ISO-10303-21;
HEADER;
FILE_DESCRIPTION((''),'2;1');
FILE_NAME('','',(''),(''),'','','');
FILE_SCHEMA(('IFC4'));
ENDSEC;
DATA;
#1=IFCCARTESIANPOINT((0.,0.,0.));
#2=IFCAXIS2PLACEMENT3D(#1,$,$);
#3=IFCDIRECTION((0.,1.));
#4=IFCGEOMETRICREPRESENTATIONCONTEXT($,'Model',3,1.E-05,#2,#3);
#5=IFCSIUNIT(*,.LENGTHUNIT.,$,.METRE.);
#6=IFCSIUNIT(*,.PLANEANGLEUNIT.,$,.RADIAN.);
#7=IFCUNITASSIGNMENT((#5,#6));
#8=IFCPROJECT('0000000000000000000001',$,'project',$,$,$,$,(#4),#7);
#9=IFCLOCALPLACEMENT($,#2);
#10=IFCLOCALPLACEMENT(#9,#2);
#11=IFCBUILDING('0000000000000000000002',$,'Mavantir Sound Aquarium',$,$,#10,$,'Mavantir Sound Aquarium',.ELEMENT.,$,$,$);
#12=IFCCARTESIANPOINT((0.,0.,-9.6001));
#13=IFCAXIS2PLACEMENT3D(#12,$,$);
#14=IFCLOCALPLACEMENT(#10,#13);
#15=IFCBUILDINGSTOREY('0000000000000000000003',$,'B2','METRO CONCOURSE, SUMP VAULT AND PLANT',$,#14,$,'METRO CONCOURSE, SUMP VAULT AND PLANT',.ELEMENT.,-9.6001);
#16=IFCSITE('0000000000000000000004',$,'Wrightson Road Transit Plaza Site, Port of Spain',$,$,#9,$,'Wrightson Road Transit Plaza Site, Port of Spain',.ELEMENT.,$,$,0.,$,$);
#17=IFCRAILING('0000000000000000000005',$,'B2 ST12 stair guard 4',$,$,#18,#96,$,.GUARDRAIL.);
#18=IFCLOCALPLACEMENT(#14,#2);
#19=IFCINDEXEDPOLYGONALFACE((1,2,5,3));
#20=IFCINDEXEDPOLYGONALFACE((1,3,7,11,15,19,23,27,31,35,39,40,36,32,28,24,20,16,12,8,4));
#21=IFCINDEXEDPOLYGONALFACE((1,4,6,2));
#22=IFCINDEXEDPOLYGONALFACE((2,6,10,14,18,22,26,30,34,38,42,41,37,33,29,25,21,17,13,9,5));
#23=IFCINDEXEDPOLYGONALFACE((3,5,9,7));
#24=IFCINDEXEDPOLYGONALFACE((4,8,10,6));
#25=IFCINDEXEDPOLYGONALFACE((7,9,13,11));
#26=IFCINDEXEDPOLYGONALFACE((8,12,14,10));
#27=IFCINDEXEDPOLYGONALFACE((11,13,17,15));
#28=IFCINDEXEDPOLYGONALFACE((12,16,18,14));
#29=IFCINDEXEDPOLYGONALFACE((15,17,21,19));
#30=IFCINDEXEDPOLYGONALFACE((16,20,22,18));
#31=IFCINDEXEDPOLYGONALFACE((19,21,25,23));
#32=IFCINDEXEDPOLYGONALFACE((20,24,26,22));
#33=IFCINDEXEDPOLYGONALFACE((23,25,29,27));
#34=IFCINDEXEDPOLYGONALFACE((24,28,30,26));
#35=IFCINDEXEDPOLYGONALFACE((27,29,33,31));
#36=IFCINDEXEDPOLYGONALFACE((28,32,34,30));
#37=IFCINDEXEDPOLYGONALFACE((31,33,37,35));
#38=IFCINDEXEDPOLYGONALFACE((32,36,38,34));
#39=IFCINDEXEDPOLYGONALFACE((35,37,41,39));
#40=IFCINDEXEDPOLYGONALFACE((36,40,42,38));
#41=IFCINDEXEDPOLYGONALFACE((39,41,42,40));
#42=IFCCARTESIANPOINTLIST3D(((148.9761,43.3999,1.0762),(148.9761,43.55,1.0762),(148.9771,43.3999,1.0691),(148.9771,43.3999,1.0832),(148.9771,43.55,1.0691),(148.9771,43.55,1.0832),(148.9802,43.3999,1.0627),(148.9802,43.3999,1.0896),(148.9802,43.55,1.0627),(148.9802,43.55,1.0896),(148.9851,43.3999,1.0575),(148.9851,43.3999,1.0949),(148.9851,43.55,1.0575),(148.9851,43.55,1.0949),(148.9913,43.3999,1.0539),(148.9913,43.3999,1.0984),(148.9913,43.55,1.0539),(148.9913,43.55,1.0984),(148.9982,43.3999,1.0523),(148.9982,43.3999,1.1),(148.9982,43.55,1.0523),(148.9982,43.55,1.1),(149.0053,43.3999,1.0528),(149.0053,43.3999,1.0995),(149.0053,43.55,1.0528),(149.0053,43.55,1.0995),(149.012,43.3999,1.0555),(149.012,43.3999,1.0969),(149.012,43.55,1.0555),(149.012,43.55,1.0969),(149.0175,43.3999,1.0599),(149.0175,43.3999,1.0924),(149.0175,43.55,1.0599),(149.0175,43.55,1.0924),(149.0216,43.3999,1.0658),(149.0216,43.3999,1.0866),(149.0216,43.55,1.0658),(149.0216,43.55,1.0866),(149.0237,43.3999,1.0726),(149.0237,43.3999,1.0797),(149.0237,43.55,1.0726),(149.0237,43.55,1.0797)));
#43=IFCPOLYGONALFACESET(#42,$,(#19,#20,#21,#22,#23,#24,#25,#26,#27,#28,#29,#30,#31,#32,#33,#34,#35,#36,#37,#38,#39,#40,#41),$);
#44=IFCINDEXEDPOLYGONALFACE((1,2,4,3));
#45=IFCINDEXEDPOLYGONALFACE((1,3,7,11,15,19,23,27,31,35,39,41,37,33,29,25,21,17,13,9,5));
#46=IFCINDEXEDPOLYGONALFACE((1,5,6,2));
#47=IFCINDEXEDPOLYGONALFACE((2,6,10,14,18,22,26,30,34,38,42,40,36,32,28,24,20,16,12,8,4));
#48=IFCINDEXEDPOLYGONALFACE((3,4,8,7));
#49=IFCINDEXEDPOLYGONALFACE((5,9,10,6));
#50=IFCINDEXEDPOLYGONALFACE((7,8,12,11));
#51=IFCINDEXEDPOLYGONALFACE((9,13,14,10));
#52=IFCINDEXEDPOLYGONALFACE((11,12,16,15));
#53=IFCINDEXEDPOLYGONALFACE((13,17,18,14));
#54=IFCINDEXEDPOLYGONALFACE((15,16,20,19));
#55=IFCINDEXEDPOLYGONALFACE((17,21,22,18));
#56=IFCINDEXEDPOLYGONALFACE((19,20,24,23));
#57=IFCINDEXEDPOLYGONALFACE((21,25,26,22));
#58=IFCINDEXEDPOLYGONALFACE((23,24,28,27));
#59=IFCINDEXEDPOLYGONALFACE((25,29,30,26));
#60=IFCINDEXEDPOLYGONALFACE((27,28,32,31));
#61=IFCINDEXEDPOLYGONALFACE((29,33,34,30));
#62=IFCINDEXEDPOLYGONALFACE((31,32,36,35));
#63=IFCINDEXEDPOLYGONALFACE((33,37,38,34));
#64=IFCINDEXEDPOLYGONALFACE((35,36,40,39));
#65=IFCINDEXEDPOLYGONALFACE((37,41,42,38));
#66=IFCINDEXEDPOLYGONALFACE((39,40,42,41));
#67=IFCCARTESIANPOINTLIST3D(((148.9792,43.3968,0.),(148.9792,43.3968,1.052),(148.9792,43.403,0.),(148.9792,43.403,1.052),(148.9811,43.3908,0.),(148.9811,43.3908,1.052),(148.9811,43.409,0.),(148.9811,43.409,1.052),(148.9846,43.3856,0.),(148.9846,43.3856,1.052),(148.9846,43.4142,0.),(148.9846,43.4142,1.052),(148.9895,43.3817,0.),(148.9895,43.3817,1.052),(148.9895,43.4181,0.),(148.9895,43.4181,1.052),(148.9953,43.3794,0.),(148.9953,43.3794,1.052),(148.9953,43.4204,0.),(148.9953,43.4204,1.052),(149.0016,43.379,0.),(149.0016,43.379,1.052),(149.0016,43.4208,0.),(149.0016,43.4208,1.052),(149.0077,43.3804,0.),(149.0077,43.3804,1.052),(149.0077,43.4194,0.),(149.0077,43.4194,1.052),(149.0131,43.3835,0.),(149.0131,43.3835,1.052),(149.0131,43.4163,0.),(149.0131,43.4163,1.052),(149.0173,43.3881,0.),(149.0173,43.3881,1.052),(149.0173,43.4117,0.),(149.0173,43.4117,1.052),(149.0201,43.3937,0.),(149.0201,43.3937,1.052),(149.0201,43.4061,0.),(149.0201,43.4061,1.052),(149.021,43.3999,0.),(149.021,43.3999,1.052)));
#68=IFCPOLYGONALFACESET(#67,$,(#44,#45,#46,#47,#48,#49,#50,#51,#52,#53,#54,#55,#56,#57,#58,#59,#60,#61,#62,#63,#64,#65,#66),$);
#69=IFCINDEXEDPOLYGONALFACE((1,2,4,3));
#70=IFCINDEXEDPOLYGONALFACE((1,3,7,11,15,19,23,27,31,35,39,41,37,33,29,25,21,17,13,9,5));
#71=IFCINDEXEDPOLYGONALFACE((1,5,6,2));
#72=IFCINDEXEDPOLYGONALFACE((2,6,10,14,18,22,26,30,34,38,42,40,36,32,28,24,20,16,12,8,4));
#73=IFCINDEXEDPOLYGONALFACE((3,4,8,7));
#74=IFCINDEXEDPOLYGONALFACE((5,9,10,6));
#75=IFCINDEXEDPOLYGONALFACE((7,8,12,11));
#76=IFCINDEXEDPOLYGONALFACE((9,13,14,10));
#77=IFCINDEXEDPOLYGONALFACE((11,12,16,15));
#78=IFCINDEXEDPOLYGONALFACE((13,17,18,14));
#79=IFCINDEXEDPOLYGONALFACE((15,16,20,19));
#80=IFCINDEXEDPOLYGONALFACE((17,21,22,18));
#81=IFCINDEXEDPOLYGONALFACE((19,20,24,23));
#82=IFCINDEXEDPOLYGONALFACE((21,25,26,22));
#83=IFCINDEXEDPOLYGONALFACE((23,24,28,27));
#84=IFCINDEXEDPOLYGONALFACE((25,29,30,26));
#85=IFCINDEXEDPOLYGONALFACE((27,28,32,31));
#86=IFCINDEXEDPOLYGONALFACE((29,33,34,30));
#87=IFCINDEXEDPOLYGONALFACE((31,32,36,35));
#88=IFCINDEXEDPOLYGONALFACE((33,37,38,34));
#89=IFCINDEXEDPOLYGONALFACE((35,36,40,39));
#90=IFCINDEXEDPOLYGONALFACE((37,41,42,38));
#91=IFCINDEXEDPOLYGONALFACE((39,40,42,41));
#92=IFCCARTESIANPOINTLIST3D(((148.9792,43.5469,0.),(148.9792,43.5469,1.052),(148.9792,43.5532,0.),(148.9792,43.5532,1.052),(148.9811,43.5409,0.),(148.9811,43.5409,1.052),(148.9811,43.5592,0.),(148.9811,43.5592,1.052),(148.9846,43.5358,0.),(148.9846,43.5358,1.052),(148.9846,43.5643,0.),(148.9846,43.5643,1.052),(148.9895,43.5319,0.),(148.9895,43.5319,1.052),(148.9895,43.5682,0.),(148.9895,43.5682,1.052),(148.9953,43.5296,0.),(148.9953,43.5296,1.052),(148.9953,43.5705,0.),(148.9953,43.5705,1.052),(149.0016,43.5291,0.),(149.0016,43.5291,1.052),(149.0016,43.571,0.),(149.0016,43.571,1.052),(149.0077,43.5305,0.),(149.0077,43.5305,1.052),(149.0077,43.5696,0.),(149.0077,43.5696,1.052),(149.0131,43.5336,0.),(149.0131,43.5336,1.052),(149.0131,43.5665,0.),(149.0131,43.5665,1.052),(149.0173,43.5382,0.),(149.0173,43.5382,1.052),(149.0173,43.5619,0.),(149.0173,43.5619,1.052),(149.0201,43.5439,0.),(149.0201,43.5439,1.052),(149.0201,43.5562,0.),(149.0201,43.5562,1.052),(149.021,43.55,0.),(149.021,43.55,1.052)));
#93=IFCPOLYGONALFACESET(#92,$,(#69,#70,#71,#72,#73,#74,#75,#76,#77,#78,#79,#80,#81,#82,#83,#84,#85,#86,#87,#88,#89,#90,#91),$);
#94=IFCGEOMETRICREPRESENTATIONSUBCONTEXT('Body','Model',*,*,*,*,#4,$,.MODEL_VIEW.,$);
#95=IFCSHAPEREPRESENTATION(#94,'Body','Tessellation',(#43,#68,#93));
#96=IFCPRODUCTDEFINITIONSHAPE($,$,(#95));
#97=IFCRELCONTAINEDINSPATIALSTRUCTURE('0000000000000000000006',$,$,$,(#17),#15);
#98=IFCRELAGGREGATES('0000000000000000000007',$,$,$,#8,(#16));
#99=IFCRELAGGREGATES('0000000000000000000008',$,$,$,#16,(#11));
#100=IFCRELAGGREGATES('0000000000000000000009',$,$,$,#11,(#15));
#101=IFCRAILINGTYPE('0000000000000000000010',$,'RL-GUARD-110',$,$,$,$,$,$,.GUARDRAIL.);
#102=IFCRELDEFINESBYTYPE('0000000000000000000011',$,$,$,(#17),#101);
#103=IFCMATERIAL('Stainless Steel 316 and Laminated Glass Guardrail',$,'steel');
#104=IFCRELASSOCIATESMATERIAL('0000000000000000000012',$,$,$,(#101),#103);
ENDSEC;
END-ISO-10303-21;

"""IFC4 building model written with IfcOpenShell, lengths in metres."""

from ifc_helpers import new_model, si_unit, direction, frame, origin, origin_2d, place, context, subcontext, project, spatial, circle, extrude, material, type_object, element, save


model = new_model("IFC4")

# Units and contexts
model_context = context("Model", 3, precision=1e-05, world=origin(), true_north=direction((0.0, 1.0)))
body_context = subcontext(model_context, "Body", "Model", "MODEL_VIEW")
ifc_project = project(units=[si_unit("LENGTHUNIT", "METRE"), si_unit("PLANEANGLEUNIT", "RADIAN")], contexts=[model_context])

# Site, building, storey
site_placement = place(None, origin())
site = spatial("IfcSite", under=ifc_project, at=site_placement, Name="Wrightson Road Transit Plaza Site, Port of Spain", LongName="Wrightson Road Transit Plaza Site, Port of Spain", CompositionType="ELEMENT", RefElevation=0.0)
building_placement = place(site_placement, origin())
building = spatial("IfcBuilding", under=site, at=building_placement, Name="Mavantir Sound Aquarium", LongName="Mavantir Sound Aquarium", CompositionType="ELEMENT")
storey_placement = place(building_placement, frame((0.0, 0.0, -9.6001)))
storey = spatial("IfcBuildingStorey", under=building, at=storey_placement, Name="B2", Description="METRO CONCOURSE, SUMP VAULT AND PLANT", LongName="METRO CONCOURSE, SUMP VAULT AND PLANT", CompositionType="ELEMENT", Elevation=-9.6001)

# Railing
ifc_material_1 = material(Name="Stainless Steel 316 and Laminated Glass Guardrail", Category="steel")
railing_type_1 = type_object("IfcRailingType", Name="RL-GUARD-110", PredefinedType="GUARDRAIL", material=ifc_material_1)
railing_1_placement = place(storey_placement, frame((149.0, 43.3999, 0.0)))
element("IfcRailing", 1, at=railing_1_placement, inside=storey, type_object=railing_type_1, Name="B2 ST12 stair guard 4", PredefinedType="GUARDRAIL", context=body_context, shape_type="SweptSolid", body=[
    extrude(circle(Radius=0.0239, at=origin_2d()), frame((0.0, 0.0, 1.0762), z_axis=(0.0, 1.0, 0.0), x_axis=(-1.0, 0.0, 0.0)), (0.0, 0.0, 1.0), 0.1501),
    extrude(circle(Radius=0.021, at=origin_2d()), origin(), (0.0, 0.0, 1.0), 1.052),
    extrude(circle(Radius=0.021, at=origin_2d()), frame((0.0, 0.1501, 0.0)), (0.0, 0.0, 1.0), 1.052),
])

save(model, "model.ifc")
